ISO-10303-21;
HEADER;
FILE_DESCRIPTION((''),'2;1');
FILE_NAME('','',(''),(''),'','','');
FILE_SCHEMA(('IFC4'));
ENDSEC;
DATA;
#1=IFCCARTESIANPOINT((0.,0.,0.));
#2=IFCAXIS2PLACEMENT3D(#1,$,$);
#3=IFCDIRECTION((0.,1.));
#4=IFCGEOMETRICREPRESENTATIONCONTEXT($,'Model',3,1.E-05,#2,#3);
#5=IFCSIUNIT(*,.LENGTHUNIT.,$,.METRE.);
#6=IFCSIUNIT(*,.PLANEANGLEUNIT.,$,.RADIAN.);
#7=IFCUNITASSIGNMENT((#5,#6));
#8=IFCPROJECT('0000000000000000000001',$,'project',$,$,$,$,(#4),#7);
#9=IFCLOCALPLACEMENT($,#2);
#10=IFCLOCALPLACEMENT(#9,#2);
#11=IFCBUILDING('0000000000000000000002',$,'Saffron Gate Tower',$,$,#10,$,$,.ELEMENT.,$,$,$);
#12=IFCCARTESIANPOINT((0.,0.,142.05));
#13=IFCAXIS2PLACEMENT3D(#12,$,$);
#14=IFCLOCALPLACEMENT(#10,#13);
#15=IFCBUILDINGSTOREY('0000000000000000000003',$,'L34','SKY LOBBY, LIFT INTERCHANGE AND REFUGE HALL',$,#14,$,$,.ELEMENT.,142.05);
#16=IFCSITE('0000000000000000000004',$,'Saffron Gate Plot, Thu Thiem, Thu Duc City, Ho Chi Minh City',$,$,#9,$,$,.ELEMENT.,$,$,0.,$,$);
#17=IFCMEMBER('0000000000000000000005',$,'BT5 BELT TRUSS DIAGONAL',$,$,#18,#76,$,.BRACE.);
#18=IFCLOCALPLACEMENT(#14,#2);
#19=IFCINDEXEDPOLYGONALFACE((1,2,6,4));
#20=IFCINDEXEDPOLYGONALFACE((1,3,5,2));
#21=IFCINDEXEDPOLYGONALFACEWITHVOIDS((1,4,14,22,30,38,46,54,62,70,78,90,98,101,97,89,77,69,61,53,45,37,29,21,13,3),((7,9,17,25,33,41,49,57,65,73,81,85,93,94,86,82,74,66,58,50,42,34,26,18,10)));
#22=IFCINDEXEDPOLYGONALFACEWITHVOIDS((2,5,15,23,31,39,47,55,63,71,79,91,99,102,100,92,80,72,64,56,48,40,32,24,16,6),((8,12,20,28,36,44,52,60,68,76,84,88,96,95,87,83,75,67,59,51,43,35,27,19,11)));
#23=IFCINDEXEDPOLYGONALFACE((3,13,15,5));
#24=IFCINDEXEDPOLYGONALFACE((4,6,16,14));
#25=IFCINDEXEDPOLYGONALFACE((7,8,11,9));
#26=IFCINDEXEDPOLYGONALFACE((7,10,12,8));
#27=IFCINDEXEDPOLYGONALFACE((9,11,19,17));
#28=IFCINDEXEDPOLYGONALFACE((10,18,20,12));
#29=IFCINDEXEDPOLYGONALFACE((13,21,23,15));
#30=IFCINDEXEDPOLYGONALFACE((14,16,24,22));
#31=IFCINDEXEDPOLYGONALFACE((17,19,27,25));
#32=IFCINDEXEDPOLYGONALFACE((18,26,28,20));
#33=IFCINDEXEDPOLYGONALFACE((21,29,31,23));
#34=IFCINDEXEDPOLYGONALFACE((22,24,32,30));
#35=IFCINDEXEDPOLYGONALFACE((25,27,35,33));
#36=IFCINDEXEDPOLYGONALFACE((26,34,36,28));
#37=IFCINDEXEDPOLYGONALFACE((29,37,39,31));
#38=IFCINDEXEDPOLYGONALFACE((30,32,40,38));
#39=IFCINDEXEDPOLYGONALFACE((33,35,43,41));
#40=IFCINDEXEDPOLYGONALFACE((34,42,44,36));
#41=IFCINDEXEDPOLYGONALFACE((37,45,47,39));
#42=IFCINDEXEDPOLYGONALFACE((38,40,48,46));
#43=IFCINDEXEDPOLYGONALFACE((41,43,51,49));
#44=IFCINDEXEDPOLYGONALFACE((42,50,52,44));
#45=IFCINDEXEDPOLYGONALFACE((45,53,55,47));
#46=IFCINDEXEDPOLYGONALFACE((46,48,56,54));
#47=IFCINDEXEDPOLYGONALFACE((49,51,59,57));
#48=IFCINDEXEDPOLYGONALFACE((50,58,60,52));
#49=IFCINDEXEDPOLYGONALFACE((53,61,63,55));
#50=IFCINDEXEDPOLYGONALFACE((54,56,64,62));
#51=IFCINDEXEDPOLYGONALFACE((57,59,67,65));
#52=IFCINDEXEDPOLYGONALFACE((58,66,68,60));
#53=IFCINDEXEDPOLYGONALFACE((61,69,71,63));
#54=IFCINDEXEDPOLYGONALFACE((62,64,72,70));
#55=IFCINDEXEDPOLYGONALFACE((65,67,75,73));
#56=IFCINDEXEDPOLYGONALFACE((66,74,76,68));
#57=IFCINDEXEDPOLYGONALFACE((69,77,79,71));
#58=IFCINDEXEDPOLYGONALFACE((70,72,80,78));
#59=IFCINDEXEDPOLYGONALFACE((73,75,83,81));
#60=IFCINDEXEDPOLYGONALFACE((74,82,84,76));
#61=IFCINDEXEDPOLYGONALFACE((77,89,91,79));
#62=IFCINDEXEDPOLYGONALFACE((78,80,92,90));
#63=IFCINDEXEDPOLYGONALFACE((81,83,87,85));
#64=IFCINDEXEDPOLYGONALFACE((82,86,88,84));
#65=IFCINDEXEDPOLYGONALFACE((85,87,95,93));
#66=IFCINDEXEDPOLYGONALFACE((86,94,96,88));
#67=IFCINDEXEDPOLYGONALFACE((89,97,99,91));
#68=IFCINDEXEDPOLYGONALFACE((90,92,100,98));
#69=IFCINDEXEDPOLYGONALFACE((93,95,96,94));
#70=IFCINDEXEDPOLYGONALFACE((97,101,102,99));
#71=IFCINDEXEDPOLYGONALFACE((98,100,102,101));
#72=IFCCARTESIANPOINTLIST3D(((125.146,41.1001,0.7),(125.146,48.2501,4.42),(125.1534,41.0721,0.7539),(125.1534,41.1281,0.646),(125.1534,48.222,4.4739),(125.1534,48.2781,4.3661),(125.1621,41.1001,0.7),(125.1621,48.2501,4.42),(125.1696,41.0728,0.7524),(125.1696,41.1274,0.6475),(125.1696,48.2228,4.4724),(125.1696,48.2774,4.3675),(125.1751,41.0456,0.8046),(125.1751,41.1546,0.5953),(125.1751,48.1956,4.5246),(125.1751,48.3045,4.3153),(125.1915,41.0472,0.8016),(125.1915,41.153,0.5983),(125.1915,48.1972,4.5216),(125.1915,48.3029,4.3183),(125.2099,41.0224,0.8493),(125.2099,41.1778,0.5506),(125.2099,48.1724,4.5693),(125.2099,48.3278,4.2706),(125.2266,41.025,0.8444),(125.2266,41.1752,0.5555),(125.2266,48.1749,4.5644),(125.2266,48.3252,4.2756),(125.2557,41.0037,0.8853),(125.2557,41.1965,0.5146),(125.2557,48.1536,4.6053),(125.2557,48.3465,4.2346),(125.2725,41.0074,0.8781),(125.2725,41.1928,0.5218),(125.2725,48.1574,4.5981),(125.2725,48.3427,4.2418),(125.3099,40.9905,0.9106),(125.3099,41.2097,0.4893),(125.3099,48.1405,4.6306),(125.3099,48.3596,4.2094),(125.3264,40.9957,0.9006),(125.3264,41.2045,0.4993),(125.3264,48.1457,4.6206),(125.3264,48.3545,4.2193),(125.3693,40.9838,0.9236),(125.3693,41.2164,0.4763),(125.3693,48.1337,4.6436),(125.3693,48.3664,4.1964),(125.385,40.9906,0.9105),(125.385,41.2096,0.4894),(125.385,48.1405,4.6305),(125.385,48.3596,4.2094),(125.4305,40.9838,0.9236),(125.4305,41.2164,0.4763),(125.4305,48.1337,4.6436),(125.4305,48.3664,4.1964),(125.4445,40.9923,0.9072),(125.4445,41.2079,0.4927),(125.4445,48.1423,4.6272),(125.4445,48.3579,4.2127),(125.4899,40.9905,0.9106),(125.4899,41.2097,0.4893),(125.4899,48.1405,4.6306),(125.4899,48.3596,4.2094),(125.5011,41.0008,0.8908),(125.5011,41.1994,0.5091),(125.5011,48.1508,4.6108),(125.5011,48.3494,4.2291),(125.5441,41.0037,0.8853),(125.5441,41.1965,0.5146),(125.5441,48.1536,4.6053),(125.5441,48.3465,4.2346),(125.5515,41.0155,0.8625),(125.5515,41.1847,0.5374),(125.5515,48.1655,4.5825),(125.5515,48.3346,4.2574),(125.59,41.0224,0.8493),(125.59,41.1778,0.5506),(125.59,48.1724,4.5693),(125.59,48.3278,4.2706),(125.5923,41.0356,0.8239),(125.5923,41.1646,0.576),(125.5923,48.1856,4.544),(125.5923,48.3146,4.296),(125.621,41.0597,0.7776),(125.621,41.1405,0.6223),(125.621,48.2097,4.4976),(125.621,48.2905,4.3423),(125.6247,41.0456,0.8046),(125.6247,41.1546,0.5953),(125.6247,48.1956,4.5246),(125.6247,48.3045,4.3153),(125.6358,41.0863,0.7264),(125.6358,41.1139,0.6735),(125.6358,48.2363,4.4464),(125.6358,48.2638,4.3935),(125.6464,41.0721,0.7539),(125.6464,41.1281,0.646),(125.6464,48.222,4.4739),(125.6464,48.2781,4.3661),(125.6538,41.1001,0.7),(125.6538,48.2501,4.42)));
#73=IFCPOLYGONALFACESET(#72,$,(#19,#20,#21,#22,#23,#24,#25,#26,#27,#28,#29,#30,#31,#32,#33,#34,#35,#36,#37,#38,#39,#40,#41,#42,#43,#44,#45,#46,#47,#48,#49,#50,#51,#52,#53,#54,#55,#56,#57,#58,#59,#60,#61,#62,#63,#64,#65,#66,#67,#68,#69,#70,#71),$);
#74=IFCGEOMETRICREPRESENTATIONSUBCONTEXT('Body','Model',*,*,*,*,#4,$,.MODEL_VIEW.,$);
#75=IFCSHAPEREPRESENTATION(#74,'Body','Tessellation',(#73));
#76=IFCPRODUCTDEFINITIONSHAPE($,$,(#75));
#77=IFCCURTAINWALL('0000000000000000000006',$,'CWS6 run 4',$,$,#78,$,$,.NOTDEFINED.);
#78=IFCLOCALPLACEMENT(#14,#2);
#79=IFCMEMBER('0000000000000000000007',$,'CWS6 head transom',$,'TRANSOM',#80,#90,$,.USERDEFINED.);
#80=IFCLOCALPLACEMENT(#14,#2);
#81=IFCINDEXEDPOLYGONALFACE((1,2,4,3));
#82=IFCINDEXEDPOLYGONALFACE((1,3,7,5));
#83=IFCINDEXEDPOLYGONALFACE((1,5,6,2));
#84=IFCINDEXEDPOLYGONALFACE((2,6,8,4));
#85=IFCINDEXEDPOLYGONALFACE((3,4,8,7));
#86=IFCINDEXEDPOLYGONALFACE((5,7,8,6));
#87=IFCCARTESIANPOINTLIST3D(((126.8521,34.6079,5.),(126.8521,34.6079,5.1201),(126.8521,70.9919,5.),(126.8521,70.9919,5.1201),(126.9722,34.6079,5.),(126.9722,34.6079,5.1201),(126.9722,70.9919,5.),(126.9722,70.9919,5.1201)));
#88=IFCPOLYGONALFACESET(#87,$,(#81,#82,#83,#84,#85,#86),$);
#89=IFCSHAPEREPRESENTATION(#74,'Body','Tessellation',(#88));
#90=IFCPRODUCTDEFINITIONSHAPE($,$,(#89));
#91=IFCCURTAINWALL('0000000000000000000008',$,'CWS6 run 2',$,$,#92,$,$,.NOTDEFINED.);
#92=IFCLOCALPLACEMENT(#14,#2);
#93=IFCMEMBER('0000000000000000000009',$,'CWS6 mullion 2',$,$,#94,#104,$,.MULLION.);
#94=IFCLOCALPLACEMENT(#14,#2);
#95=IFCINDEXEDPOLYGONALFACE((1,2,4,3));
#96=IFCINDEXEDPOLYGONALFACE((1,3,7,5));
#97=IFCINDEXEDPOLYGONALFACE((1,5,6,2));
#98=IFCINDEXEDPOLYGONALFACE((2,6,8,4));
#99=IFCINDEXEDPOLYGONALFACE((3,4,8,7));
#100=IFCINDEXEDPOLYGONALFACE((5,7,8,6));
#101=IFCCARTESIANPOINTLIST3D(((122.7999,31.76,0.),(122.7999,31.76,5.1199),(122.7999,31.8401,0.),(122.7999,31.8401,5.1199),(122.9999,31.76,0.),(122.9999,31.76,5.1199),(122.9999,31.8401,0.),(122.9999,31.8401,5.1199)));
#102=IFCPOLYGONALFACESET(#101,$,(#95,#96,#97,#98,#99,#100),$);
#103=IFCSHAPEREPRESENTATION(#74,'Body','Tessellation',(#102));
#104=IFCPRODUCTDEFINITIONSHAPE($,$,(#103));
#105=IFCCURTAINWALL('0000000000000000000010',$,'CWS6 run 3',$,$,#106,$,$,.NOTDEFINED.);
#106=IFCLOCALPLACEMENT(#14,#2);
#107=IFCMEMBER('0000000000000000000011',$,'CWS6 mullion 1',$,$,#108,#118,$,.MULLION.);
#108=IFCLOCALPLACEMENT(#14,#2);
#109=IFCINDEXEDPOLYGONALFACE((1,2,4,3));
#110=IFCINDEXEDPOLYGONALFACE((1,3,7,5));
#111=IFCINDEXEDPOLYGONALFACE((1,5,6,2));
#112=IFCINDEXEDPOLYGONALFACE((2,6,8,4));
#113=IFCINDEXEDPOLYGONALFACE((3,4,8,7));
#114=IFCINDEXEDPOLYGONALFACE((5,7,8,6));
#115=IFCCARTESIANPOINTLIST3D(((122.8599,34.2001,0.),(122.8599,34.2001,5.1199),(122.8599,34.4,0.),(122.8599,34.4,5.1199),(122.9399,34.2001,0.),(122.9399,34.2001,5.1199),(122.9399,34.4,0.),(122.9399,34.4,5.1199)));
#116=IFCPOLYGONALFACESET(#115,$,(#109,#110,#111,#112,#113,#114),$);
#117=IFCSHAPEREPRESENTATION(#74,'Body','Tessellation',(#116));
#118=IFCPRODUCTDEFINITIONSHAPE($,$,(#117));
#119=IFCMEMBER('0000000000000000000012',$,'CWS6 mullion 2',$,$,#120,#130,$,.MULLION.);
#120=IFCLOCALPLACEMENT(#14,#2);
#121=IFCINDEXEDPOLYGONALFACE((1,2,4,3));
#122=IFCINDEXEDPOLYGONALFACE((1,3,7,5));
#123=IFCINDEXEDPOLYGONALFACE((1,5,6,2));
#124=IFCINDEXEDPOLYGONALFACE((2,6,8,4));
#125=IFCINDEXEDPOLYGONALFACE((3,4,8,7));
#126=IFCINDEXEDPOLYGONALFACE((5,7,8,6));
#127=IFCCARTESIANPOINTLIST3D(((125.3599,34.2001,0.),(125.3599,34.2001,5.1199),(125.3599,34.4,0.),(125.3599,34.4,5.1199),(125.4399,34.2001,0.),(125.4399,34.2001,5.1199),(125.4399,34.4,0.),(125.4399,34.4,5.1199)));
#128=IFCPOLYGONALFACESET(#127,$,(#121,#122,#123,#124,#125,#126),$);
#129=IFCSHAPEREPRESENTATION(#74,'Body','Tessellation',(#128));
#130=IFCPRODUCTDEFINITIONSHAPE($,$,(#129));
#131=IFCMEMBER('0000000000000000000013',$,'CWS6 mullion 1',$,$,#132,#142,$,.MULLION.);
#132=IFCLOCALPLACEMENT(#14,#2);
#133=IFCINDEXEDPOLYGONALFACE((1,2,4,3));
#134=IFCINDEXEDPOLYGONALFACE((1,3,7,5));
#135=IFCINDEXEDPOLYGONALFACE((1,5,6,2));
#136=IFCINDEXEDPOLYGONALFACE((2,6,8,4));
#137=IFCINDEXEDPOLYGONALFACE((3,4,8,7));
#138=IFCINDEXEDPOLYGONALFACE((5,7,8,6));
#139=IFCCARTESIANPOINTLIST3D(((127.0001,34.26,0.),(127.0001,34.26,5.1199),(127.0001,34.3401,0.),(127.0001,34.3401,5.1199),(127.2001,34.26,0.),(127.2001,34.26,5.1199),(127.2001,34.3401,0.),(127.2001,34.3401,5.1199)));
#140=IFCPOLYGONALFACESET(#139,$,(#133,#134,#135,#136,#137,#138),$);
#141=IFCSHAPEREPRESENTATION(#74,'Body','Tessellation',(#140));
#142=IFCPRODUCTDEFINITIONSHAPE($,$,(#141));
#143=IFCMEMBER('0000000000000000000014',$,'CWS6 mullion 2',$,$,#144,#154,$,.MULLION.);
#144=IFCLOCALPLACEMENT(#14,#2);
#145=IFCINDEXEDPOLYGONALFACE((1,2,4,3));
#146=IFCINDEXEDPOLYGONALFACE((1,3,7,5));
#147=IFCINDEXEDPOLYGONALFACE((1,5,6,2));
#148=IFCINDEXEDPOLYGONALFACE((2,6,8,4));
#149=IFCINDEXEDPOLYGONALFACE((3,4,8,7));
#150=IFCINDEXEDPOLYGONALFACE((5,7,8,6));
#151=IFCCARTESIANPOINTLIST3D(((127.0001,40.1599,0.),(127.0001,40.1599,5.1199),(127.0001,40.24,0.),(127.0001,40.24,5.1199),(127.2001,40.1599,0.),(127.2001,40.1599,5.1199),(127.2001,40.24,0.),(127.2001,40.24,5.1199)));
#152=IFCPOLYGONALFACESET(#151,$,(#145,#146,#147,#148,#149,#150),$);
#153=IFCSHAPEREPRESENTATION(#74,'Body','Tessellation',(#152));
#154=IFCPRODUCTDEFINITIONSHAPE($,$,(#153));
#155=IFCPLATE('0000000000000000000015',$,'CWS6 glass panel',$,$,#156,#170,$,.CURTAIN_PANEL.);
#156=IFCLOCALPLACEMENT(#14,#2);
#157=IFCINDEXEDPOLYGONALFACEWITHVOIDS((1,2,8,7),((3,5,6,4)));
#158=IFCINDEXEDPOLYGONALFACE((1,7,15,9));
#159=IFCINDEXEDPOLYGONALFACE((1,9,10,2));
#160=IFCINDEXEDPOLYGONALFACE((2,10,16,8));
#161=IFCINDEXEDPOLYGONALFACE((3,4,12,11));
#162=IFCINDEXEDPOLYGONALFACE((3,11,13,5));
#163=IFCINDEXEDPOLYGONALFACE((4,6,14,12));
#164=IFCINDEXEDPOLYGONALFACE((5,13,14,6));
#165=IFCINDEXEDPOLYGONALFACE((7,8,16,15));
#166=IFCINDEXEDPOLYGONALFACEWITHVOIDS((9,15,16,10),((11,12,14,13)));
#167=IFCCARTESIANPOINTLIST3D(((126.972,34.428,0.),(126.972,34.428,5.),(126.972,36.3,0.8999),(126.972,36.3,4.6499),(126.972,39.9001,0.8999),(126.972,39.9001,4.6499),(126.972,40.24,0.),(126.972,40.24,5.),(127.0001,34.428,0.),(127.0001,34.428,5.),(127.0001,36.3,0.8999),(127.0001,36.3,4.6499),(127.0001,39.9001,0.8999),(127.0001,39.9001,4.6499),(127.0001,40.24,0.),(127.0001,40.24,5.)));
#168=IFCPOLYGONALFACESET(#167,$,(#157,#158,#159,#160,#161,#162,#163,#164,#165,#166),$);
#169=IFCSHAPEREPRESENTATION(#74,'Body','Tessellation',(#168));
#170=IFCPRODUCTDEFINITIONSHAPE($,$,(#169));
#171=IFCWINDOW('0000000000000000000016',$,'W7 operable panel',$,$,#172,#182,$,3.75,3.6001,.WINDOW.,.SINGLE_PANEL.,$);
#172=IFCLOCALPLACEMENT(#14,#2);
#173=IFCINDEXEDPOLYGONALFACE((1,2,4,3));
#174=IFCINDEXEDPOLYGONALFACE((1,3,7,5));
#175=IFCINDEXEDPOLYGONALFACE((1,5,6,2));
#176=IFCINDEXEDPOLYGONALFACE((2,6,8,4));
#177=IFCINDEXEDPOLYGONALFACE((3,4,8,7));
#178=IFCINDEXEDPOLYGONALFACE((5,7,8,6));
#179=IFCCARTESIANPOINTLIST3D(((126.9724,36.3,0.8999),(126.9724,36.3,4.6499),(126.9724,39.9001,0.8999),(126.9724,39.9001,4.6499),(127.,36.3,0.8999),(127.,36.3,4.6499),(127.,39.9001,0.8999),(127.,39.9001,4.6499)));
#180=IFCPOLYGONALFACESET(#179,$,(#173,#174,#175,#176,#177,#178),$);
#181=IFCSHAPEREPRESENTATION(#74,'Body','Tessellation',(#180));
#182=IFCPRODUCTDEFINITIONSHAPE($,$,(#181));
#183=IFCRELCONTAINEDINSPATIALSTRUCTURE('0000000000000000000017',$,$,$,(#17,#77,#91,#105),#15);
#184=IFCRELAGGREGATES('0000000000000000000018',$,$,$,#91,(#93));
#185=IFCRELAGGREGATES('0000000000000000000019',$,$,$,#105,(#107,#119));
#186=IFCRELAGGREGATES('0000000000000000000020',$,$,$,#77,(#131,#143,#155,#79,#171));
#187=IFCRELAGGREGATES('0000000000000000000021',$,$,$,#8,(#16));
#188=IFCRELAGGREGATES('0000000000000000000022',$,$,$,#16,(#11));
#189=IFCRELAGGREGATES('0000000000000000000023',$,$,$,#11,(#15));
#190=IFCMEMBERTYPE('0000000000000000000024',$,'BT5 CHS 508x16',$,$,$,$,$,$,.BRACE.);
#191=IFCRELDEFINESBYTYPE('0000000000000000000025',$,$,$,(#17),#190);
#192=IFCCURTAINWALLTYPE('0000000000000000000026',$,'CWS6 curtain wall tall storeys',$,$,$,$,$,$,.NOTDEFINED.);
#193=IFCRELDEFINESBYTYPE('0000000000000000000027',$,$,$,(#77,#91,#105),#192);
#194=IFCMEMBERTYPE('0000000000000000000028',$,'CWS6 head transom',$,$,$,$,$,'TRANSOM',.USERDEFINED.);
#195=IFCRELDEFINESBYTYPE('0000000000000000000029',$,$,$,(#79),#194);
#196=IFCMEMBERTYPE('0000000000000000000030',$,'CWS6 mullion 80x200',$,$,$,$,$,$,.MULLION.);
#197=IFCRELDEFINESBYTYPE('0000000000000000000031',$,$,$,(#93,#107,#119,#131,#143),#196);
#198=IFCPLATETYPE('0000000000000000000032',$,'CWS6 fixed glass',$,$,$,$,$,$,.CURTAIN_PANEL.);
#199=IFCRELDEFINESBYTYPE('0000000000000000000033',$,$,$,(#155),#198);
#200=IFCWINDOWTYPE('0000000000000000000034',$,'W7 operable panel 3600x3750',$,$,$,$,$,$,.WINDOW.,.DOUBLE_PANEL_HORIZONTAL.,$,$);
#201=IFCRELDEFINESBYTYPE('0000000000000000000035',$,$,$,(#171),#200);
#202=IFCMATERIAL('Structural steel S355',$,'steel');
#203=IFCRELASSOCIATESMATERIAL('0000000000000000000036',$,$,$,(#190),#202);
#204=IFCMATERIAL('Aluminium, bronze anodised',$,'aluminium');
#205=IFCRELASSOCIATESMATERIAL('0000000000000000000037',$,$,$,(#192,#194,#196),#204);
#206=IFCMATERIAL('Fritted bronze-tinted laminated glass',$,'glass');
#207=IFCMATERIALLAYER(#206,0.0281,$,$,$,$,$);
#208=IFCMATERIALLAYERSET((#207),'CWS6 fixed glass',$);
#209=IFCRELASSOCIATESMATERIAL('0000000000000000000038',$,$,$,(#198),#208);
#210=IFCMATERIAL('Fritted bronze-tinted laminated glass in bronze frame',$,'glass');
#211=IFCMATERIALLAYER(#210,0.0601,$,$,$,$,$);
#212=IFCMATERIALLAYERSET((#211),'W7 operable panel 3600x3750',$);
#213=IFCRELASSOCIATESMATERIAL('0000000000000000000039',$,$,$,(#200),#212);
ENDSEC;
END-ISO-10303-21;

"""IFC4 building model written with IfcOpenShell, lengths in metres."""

from ifc_helpers import new_model, si_unit, direction, frame, frame_2d, origin, origin_2d, place, context, subcontext, project, spatial, rectangle, hollow_circle, extrude, material, layer, layer_set, material_profile, profile_set, type_object, element, fill, aggregate, save


model = new_model("IFC4")

# Units and contexts
model_context = context("Model", 3, precision=1e-05, world=origin(), true_north=direction((0.0, 1.0)))
body_context = subcontext(model_context, "Body", "Model", "MODEL_VIEW")
ifc_project = project(units=[si_unit("LENGTHUNIT", "METRE"), si_unit("PLANEANGLEUNIT", "RADIAN")], contexts=[model_context])

# Site, building, storey
site_placement = place(None, origin())
site = spatial("IfcSite", under=ifc_project, at=site_placement, Name="Saffron Gate Plot, Thu Thiem, Thu Duc City, Ho Chi Minh City", CompositionType="ELEMENT", RefElevation=0.0)
building_placement = place(site_placement, origin())
building = spatial("IfcBuilding", under=site, at=building_placement, Name="Saffron Gate Tower", CompositionType="ELEMENT")
storey_placement = place(building_placement, frame((0.0, 0.0, 142.05)))
storey = spatial("IfcBuildingStorey", under=building, at=storey_placement, Name="L34", Description="SKY LOBBY, LIFT INTERCHANGE AND REFUGE HALL", CompositionType="ELEMENT", Elevation=142.05)

# Shared definitions
ifc_material_1 = material(Name="Structural steel S355", Category="steel")

# Member
ifc_material_profile_1 = material_profile(ifc_material_1, hollow_circle(Radius=0.2539, WallThickness=0.0161, at=origin_2d()))
ifc_profile_set_1 = profile_set([ifc_material_profile_1], Name="Structural steel S355")
member_type_1 = type_object("IfcMemberType", Name="BT5 CHS 508x16", PredefinedType="BRACE", material=ifc_profile_set_1)
member_1_placement = place(storey_placement, frame((125.3999, 41.1001, 0.7), z_axis=(0.0, 0.887114, 0.46155), x_axis=(-1.0, 0.0, 0.0)))
element("IfcMember", 1, at=member_1_placement, inside=storey, type_object=member_type_1, Name="BT5 BELT TRUSS DIAGONAL", PredefinedType="BRACE", context=body_context, shape_type="SweptSolid", body=[
    extrude(hollow_circle(Radius=0.2539, WallThickness=0.0161, at=origin_2d()), origin(), (0.0, 0.0, 1.0), 8.0598),
])

# Curtain walls, members
ifc_material_2 = material(Name="Aluminium, bronze anodised", Category="aluminium")
curtain_wall_type = type_object("IfcCurtainWallType", Name="CWS6 curtain wall tall storeys", PredefinedType="NOTDEFINED", material=ifc_material_2)
curtain_wall_1_placement = place(storey_placement, origin())
curtain_wall_1 = element("IfcCurtainWall", 2, at=curtain_wall_1_placement, inside=storey, type_object=curtain_wall_type, Name="CWS6 run 4", PredefinedType="NOTDEFINED")
ifc_material_profile_2 = material_profile(ifc_material_2, rectangle(XDim=0.1201, YDim=0.1201, at=origin_2d()))
ifc_profile_set_2 = profile_set([ifc_material_profile_2], Name="Aluminium, bronze anodised")
member_type_2 = type_object("IfcMemberType", Name="CWS6 head transom", ElementType="TRANSOM", PredefinedType="USERDEFINED", material=ifc_profile_set_2)
member_2_placement = place(storey_placement, frame((126.9121, 34.6079, 5.0601), z_axis=(0.0, 1.0, 0.0), x_axis=(-1.0, 0.0, 0.0)))
member_2 = element("IfcMember", 3, at=member_2_placement, type_object=member_type_2, Name="CWS6 head transom", ObjectType="TRANSOM", PredefinedType="USERDEFINED", context=body_context, shape_type="SweptSolid", body=[
    extrude(rectangle(XDim=0.1201, YDim=0.1201, at=origin_2d()), origin(), (0.0, 0.0, 1.0), 36.384),
])
curtain_wall_2_placement = place(storey_placement, origin())
curtain_wall_2 = element("IfcCurtainWall", 4, at=curtain_wall_2_placement, inside=storey, type_object=curtain_wall_type, Name="CWS6 run 2", PredefinedType="NOTDEFINED")
ifc_material_profile_3 = material_profile(ifc_material_2, rectangle(XDim=0.2, YDim=0.0801, at=origin_2d()))
ifc_profile_set_3 = profile_set([ifc_material_profile_3], Name="Aluminium, bronze anodised")
member_type_3 = type_object("IfcMemberType", Name="CWS6 mullion 80x200", PredefinedType="MULLION", material=ifc_profile_set_3)
member_3_placement = place(storey_placement, frame((122.8999, 31.8, 0.0), z_axis=(0.0, 0.0, 1.0), x_axis=(-1.0, 0.0, 0.0)))
member_3 = element("IfcMember", 5, at=member_3_placement, type_object=member_type_3, Name="CWS6 mullion 2", PredefinedType="MULLION", context=body_context, shape_type="SweptSolid", body=[
    extrude(rectangle(XDim=0.2, YDim=0.0801, at=origin_2d()), origin(), (0.0, 0.0, 1.0), 5.1199),
])
aggregate(curtain_wall_2, [member_3])

# Curtain wall, members
curtain_wall_3_placement = place(storey_placement, origin())
curtain_wall_3 = element("IfcCurtainWall", 6, at=curtain_wall_3_placement, inside=storey, type_object=curtain_wall_type, Name="CWS6 run 3", PredefinedType="NOTDEFINED")
member_4_placement = place(storey_placement, frame((122.8999, 34.3, 0.0), z_axis=(0.0, 0.0, 1.0), x_axis=(0.0, 1.0, 0.0)))
member_4 = element("IfcMember", 7, at=member_4_placement, type_object=member_type_3, Name="CWS6 mullion 1", PredefinedType="MULLION", context=body_context, shape_type="SweptSolid", body=[
    extrude(rectangle(XDim=0.2, YDim=0.0801, at=origin_2d()), origin(), (0.0, 0.0, 1.0), 5.1199),
])
member_5_placement = place(storey_placement, frame((125.3999, 34.3, 0.0), z_axis=(0.0, 0.0, 1.0), x_axis=(0.0, 1.0, 0.0)))
member_5 = element("IfcMember", 8, at=member_5_placement, type_object=member_type_3, Name="CWS6 mullion 2", PredefinedType="MULLION", context=body_context, shape_type="SweptSolid", body=[
    extrude(rectangle(XDim=0.2, YDim=0.0801, at=origin_2d()), origin(), (0.0, 0.0, 1.0), 5.1199),
])
aggregate(curtain_wall_3, [member_4, member_5])

# Members
member_6_placement = place(storey_placement, frame((127.1001, 34.3, 0.0), z_axis=(0.0, 0.0, 1.0), x_axis=(-1.0, 0.0, 0.0)))
member_6 = element("IfcMember", 9, at=member_6_placement, type_object=member_type_3, Name="CWS6 mullion 1", PredefinedType="MULLION", context=body_context, shape_type="SweptSolid", body=[
    extrude(rectangle(XDim=0.2, YDim=0.0801, at=origin_2d()), origin(), (0.0, 0.0, 1.0), 5.1199),
])
member_7_placement = place(storey_placement, frame((127.1001, 40.2, 0.0), z_axis=(0.0, 0.0, 1.0), x_axis=(-1.0, 0.0, 0.0)))
member_7 = element("IfcMember", 10, at=member_7_placement, type_object=member_type_3, Name="CWS6 mullion 2", PredefinedType="MULLION", context=body_context, shape_type="SweptSolid", body=[
    extrude(rectangle(XDim=0.2, YDim=0.0801, at=origin_2d()), origin(), (0.0, 0.0, 1.0), 5.1199),
])

# Plate, opening, window
ifc_material_3 = material(Name="Fritted bronze-tinted laminated glass", Category="glass")
ifc_layer_1 = layer(ifc_material_3, 0.0281)
ifc_layer_set_1 = layer_set([ifc_layer_1], Name="CWS6 fixed glass")
plate_type = type_object("IfcPlateType", Name="CWS6 fixed glass", PredefinedType="CURTAIN_PANEL", material=ifc_layer_set_1)
plate_placement = place(storey_placement, frame((126.9861, 34.428, 0.0), z_axis=(0.0, 0.0, 1.0), x_axis=(0.0, 1.0, 0.0)))
plate = element("IfcPlate", 11, at=plate_placement, type_object=plate_type, Name="CWS6 glass panel", PredefinedType="CURTAIN_PANEL", context=body_context, shape_type="SweptSolid", body=[
    extrude(rectangle(XDim=5.812, YDim=0.0281, at=frame_2d((2.906, 0.0))), origin(), (0.0, 0.0, 1.0), 5.0),
])
opening_1_placement = place(plate_placement, frame((1.8721, 0.0, 0.8999)))
opening_1 = element("IfcOpeningElement", 12, at=opening_1_placement, cuts=plate, PredefinedType="OPENING", context=body_context, shape_type="SweptSolid", body=[
    extrude(rectangle(XDim=3.6001, YDim=3.75, at=frame_2d((1.8, 1.875))), frame((0.0, 0.0239, 0.0), z_axis=(0.0, -1.0, 0.0), x_axis=(1.0, 0.0, 0.0)), (0.0, 0.0, 1.0), 0.0481),
])
ifc_material_4 = material(Name="Fritted bronze-tinted laminated glass in bronze frame", Category="glass")
ifc_layer_2 = layer(ifc_material_4, 0.0601)
ifc_layer_set_2 = layer_set([ifc_layer_2], Name="W7 operable panel 3600x3750")
window_type = type_object("IfcWindowType", Name="W7 operable panel 3600x3750", PartitioningType="DOUBLE_PANEL_HORIZONTAL", PredefinedType="WINDOW", material=ifc_layer_set_2)
window_placement = place(opening_1_placement, origin())
window = element("IfcWindow", 13, at=window_placement, type_object=window_type, Name="W7 operable panel", OverallHeight=3.75, OverallWidth=3.6001, PartitioningType="SINGLE_PANEL", PredefinedType="WINDOW", context=body_context, shape_type="SweptSolid", body=[
    extrude(rectangle(XDim=3.6001, YDim=3.75, at=frame_2d((1.8, 1.875))), frame((0.0, 0.0137, 0.0), z_axis=(0.0, -1.0, 0.0), x_axis=(1.0, 0.0, 0.0)), (0.0, 0.0, 1.0), 0.0276),
])
fill(opening_1, window)
aggregate(curtain_wall_1, [member_6, member_7, plate, member_2, window])

save(model, "model.ifc")
